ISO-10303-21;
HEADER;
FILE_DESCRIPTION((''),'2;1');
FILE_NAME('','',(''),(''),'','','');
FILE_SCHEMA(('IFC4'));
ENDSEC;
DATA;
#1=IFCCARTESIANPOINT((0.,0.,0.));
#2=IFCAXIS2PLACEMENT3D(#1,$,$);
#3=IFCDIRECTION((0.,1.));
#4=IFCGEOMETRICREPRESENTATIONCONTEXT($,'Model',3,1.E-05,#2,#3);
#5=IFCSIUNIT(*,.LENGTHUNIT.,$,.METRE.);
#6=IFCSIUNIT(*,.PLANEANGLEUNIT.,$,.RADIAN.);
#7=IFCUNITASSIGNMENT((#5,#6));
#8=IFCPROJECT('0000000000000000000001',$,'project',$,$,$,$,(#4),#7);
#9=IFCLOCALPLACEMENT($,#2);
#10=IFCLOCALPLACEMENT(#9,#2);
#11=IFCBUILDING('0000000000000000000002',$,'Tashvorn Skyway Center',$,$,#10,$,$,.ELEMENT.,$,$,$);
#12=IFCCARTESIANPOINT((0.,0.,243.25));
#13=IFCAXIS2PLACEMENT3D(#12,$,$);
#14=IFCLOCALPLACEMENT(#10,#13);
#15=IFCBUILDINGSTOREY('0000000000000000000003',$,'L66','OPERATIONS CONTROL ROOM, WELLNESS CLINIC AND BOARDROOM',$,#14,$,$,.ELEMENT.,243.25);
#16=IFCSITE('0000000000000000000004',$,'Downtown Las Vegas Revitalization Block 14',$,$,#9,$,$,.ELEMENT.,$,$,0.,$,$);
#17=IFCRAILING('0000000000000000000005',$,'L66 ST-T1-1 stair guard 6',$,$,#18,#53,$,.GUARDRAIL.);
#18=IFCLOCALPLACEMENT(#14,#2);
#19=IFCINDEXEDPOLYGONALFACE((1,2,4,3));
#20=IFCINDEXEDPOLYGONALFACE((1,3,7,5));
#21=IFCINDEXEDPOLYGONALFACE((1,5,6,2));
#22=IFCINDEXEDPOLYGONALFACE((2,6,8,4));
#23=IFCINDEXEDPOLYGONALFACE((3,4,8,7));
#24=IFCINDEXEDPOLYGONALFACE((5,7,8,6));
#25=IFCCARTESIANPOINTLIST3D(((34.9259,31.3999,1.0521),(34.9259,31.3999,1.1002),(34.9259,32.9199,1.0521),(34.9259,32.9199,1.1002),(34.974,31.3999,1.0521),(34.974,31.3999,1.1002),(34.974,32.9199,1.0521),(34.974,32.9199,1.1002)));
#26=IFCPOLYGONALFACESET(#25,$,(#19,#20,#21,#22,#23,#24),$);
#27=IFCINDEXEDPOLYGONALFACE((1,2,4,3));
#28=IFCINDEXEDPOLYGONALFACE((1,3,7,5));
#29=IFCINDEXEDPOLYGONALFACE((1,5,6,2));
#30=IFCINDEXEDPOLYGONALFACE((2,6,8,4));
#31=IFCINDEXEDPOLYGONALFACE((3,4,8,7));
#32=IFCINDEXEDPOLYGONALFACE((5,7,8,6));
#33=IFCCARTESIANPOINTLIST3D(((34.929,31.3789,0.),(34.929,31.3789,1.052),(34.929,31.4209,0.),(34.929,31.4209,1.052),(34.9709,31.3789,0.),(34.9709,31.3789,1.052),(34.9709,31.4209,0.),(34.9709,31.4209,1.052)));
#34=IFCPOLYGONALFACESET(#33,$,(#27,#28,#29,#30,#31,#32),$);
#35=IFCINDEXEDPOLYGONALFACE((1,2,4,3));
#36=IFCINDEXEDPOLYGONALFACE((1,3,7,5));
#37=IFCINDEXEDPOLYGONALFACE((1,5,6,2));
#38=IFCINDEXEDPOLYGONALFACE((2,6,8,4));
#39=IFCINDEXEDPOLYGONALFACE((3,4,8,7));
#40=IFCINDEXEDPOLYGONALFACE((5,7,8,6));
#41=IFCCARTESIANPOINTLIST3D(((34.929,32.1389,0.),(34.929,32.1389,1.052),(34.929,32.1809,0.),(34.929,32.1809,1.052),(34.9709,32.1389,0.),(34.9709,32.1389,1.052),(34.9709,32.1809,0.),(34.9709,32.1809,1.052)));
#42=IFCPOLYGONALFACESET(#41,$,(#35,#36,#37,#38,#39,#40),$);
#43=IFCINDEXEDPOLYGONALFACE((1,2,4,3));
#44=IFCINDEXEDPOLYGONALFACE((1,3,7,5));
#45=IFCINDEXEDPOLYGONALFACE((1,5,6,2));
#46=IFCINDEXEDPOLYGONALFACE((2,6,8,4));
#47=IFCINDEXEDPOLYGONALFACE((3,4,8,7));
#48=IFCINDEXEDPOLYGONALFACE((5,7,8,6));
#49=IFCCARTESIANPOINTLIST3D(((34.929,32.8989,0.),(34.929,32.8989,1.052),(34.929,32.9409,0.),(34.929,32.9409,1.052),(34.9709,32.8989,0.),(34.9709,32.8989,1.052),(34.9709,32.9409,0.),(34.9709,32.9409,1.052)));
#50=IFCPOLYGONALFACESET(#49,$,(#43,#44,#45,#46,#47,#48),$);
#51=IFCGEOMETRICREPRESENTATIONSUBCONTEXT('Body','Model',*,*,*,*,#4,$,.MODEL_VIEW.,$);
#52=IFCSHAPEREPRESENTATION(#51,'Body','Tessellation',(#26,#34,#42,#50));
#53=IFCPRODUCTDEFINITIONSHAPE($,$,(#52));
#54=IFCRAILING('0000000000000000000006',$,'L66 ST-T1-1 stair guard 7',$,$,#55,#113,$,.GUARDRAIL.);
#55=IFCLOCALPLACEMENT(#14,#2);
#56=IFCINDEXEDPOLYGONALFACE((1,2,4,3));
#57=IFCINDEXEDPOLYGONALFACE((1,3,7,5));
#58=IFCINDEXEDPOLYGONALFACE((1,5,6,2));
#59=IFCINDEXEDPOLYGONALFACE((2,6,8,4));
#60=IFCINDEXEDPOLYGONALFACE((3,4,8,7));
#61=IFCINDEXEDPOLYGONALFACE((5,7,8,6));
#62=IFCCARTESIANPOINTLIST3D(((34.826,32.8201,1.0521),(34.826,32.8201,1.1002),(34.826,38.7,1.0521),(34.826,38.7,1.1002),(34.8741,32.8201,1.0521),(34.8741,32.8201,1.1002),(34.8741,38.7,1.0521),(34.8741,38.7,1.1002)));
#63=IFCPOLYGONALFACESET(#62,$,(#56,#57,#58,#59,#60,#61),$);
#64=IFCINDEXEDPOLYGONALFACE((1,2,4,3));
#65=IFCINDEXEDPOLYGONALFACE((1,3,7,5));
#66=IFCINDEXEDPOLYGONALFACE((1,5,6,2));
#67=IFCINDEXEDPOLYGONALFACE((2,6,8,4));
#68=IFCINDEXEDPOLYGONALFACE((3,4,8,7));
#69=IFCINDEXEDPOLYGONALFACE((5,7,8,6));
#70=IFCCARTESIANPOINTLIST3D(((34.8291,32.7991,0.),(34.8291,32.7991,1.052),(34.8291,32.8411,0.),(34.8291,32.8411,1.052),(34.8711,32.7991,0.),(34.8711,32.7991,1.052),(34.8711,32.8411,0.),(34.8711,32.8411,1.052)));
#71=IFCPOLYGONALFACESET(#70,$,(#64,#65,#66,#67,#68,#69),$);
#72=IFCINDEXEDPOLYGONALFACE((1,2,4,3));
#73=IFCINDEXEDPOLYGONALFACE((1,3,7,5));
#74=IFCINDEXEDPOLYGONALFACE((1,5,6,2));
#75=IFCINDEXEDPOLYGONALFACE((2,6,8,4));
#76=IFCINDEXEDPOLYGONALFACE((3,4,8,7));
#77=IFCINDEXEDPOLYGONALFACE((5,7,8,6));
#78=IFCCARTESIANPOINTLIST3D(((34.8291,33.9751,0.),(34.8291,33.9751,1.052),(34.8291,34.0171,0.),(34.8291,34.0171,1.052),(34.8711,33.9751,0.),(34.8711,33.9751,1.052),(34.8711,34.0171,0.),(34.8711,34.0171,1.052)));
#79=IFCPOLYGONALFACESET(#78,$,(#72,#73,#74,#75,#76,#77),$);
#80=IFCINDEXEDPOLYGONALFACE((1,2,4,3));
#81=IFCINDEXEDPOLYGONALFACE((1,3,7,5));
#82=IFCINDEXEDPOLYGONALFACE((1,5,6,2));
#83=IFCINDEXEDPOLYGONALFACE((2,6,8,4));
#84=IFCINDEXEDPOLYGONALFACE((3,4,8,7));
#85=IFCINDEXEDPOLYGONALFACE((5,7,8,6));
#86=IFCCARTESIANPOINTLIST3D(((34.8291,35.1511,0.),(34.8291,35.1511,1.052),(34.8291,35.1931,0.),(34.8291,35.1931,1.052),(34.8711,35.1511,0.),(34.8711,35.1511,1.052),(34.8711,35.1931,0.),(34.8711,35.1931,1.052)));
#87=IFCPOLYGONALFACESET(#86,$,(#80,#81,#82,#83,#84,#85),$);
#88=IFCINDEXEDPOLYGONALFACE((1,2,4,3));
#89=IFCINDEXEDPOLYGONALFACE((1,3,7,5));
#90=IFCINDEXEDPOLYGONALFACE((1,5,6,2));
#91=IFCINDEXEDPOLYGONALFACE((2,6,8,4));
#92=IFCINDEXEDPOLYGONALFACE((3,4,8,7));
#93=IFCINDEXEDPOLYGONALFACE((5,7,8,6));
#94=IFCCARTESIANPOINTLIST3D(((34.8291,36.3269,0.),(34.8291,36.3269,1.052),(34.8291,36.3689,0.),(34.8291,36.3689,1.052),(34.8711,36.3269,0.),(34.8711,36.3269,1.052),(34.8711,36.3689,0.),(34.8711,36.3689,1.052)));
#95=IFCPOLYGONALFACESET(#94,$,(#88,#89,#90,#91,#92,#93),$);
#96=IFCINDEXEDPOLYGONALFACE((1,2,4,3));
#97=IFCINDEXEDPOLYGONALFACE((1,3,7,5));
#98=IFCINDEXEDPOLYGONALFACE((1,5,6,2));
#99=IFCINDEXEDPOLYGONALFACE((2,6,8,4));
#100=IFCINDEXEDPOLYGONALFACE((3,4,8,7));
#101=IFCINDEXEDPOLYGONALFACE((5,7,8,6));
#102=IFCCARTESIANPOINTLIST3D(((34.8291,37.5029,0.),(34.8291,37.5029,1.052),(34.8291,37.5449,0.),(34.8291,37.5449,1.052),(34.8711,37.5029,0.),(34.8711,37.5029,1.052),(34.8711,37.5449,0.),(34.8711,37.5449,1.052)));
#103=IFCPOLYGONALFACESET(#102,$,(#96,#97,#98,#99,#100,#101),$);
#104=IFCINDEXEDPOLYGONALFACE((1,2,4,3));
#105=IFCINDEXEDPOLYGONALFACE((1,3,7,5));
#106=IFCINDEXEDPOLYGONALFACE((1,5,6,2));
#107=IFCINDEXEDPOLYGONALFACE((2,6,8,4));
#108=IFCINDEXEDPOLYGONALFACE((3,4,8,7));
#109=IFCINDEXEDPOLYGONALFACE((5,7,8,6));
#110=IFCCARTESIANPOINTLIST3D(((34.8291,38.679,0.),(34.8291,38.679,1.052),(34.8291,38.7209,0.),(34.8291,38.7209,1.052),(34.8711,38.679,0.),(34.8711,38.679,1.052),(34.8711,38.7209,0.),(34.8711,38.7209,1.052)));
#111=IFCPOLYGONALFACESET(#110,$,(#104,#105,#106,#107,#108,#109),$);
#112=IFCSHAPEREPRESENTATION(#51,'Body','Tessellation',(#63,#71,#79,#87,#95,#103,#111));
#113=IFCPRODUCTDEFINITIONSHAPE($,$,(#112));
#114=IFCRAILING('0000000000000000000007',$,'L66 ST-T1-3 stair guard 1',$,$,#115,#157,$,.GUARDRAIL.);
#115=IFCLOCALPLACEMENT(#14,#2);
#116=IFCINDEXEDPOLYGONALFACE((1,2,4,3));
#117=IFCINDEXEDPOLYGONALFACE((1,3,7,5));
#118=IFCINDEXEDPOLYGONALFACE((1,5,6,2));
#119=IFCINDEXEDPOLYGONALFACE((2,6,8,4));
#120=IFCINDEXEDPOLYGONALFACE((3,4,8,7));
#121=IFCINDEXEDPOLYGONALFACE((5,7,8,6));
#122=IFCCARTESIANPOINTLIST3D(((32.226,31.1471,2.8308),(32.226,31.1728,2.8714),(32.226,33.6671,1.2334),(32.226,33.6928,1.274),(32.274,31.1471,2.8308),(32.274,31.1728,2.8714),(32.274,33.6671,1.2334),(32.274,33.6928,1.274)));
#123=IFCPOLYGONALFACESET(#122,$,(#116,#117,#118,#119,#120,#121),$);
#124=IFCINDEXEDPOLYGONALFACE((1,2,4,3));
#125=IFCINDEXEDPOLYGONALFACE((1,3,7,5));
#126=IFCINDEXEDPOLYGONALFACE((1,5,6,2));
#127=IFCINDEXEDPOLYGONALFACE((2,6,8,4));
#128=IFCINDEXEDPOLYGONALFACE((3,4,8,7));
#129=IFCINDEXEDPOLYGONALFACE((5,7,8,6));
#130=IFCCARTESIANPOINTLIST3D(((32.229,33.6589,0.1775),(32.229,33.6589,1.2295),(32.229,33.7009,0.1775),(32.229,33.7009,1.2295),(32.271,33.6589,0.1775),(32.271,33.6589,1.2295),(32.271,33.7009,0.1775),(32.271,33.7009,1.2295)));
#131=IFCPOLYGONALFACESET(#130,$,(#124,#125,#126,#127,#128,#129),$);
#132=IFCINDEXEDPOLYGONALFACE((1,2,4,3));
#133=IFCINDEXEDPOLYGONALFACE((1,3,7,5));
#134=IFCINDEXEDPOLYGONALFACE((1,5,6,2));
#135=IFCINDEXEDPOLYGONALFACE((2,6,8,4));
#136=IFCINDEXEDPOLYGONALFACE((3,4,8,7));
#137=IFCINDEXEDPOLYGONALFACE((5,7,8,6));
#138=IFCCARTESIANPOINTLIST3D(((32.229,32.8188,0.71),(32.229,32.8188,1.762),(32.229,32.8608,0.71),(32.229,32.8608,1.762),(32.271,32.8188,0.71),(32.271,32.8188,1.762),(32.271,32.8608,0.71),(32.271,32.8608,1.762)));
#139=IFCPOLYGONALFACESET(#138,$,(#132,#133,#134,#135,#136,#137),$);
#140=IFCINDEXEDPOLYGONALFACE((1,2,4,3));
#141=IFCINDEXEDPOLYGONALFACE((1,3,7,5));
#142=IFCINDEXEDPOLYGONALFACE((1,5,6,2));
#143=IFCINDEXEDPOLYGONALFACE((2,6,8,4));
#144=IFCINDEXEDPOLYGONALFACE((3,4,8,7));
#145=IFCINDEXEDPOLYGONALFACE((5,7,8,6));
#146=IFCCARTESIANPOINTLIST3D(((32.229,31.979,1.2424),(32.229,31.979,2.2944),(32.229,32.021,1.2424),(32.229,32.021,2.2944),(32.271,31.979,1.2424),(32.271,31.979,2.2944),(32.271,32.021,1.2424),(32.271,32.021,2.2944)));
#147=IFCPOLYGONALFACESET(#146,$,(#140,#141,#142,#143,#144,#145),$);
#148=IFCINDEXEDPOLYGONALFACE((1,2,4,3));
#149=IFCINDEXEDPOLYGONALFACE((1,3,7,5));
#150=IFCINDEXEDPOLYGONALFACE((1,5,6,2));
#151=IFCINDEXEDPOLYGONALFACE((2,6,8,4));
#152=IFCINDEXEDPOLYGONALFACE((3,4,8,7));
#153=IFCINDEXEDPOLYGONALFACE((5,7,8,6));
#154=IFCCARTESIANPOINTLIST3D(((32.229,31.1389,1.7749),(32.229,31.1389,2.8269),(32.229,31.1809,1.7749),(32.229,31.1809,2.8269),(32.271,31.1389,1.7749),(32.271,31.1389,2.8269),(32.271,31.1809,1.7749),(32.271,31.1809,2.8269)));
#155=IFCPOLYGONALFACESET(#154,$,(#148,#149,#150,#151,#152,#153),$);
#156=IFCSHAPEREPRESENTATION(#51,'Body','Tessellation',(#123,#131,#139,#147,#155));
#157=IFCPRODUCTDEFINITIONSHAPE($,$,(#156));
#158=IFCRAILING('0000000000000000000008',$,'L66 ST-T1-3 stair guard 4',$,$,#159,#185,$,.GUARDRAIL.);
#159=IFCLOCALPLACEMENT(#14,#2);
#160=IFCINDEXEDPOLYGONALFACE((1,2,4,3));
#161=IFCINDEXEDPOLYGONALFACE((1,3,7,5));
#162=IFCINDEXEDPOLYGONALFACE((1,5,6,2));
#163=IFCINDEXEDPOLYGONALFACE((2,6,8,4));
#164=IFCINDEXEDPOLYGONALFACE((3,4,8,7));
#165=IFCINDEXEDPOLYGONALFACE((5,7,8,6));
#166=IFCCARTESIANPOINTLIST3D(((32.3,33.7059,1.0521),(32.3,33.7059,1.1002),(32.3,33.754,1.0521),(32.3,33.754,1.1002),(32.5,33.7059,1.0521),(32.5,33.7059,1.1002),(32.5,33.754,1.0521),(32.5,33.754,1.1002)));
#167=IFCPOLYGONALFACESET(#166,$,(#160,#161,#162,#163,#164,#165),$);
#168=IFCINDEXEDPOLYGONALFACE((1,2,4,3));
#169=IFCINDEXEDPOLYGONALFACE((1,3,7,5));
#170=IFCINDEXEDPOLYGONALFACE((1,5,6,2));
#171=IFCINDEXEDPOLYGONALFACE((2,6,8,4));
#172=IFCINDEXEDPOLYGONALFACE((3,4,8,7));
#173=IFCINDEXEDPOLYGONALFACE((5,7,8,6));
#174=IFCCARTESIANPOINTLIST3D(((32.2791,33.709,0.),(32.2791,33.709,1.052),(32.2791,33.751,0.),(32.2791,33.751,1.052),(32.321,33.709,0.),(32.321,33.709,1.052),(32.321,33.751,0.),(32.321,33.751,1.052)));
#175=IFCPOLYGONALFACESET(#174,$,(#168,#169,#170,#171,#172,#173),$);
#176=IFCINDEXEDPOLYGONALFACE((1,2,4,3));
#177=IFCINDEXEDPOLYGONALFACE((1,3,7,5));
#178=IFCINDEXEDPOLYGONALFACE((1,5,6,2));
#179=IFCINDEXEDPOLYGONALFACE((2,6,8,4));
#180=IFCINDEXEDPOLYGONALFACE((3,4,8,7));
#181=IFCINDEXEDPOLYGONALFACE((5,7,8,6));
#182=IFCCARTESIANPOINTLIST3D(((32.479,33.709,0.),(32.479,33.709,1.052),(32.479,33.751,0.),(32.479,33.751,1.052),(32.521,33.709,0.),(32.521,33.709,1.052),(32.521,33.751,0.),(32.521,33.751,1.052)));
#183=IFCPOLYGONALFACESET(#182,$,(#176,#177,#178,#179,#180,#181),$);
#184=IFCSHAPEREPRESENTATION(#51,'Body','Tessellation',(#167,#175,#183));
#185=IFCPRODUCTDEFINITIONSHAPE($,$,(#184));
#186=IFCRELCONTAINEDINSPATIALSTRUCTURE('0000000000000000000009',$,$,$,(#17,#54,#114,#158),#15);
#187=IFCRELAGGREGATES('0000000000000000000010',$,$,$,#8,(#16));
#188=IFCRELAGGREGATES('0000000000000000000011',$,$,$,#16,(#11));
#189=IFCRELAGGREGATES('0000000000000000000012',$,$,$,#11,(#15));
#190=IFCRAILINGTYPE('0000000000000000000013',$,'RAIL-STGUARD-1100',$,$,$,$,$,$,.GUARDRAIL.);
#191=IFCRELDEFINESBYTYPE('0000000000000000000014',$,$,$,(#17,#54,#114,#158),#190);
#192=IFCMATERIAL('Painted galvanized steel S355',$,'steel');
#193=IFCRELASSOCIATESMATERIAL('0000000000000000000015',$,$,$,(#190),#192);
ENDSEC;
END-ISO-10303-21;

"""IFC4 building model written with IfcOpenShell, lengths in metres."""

from ifc_helpers import new_model, si_unit, direction, frame, origin, origin_2d, place, context, subcontext, project, spatial, rectangle, extrude, material, type_object, element, save


model = new_model("IFC4")

# Units and contexts
model_context = context("Model", 3, precision=1e-05, world=origin(), true_north=direction((0.0, 1.0)))
body_context = subcontext(model_context, "Body", "Model", "MODEL_VIEW")
ifc_project = project(units=[si_unit("LENGTHUNIT", "METRE"), si_unit("PLANEANGLEUNIT", "RADIAN")], contexts=[model_context])

# Site, building, storey
site_placement = place(None, origin())
site = spatial("IfcSite", under=ifc_project, at=site_placement, Name="Downtown Las Vegas Revitalization Block 14", CompositionType="ELEMENT", RefElevation=0.0)
building_placement = place(site_placement, origin())
building = spatial("IfcBuilding", under=site, at=building_placement, Name="Tashvorn Skyway Center", CompositionType="ELEMENT")
storey_placement = place(building_placement, frame((0.0, 0.0, 243.25)))
storey = spatial("IfcBuildingStorey", under=building, at=storey_placement, Name="L66", Description="OPERATIONS CONTROL ROOM, WELLNESS CLINIC AND BOARDROOM", CompositionType="ELEMENT", Elevation=243.25)

# Railings
ifc_material_1 = material(Name="Painted galvanized steel S355", Category="steel")
railing_type_1 = type_object("IfcRailingType", Name="RAIL-STGUARD-1100", PredefinedType="GUARDRAIL", material=ifc_material_1)
railing_1_placement = place(storey_placement, frame((34.95, 31.3999, 0.0)))
element("IfcRailing", 1, at=railing_1_placement, inside=storey, type_object=railing_type_1, Name="L66 ST-T1-1 stair guard 6", PredefinedType="GUARDRAIL", context=body_context, shape_type="SweptSolid", body=[
    extrude(rectangle(XDim=0.0481, YDim=0.0481, at=origin_2d()), frame((0.0, 0.0, 1.0762), z_axis=(0.0, 1.0, 0.0), x_axis=(-1.0, 0.0, 0.0)), (0.0, 0.0, 1.0), 1.52),
    extrude(rectangle(XDim=0.042, YDim=0.042, at=origin_2d()), origin(), (0.0, 0.0, 1.0), 1.052),
    extrude(rectangle(XDim=0.042, YDim=0.042, at=origin_2d()), frame((0.0, 0.76, 0.0)), (0.0, 0.0, 1.0), 1.052),
    extrude(rectangle(XDim=0.042, YDim=0.042, at=origin_2d()), frame((0.0, 1.52, 0.0)), (0.0, 0.0, 1.0), 1.052),
])
railing_2_placement = place(storey_placement, frame((34.8501, 32.8201, 0.0)))
element("IfcRailing", 2, at=railing_2_placement, inside=storey, type_object=railing_type_1, Name="L66 ST-T1-1 stair guard 7", PredefinedType="GUARDRAIL", context=body_context, shape_type="SweptSolid", body=[
    extrude(rectangle(XDim=0.0481, YDim=0.0481, at=origin_2d()), frame((0.0, 0.0, 1.0762), z_axis=(0.0, 1.0, 0.0), x_axis=(-1.0, 0.0, 0.0)), (0.0, 0.0, 1.0), 5.8799),
    extrude(rectangle(XDim=0.042, YDim=0.042, at=origin_2d()), origin(), (0.0, 0.0, 1.0), 1.052),
    extrude(rectangle(XDim=0.042, YDim=0.042, at=origin_2d()), frame((0.0, 1.176, 0.0)), (0.0, 0.0, 1.0), 1.052),
    extrude(rectangle(XDim=0.042, YDim=0.042, at=origin_2d()), frame((0.0, 2.3521, 0.0)), (0.0, 0.0, 1.0), 1.052),
    extrude(rectangle(XDim=0.042, YDim=0.042, at=origin_2d()), frame((0.0, 3.5278, 0.0)), (0.0, 0.0, 1.0), 1.052),
    extrude(rectangle(XDim=0.042, YDim=0.042, at=origin_2d()), frame((0.0, 4.7039, 0.0)), (0.0, 0.0, 1.0), 1.052),
    extrude(rectangle(XDim=0.042, YDim=0.042, at=origin_2d()), frame((0.0, 5.8799, 0.0)), (0.0, 0.0, 1.0), 1.052),
])
railing_3_placement = place(storey_placement, frame((32.25, 33.6799, 0.1775)))
element("IfcRailing", 3, at=railing_3_placement, inside=storey, type_object=railing_type_1, Name="L66 ST-T1-3 stair guard 1", PredefinedType="GUARDRAIL", context=body_context, shape_type="SweptSolid", body=[
    extrude(rectangle(XDim=0.0481, YDim=0.0481, at=origin_2d()), frame((0.0, 0.0, 1.0762), z_axis=(0.0, -0.844607, 0.535387), x_axis=(1.0, 0.0, 0.0)), (0.0, 0.0, 1.0), 2.9836),
    extrude(rectangle(XDim=0.042, YDim=0.042, at=origin_2d()), origin(), (0.0, 0.0, 1.0), 1.052),
    extrude(rectangle(XDim=0.042, YDim=0.042, at=origin_2d()), frame((0.0, -0.8401, 0.5325)), (0.0, 0.0, 1.0), 1.052),
    extrude(rectangle(XDim=0.042, YDim=0.042, at=origin_2d()), frame((0.0, -1.6799, 1.0649)), (0.0, 0.0, 1.0), 1.052),
    extrude(rectangle(XDim=0.042, YDim=0.042, at=origin_2d()), frame((0.0, -2.52, 1.5974)), (0.0, 0.0, 1.0), 1.052),
])
railing_4_placement = place(storey_placement, frame((32.3, 33.73, 0.0)))
element("IfcRailing", 4, at=railing_4_placement, inside=storey, type_object=railing_type_1, Name="L66 ST-T1-3 stair guard 4", PredefinedType="GUARDRAIL", context=body_context, shape_type="SweptSolid", body=[
    extrude(rectangle(XDim=0.0481, YDim=0.0481, at=origin_2d()), frame((0.0, 0.0, 1.0762), z_axis=(1.0, 0.0, 0.0), x_axis=(0.0, 1.0, 0.0)), (0.0, 0.0, 1.0), 0.2),
    extrude(rectangle(XDim=0.042, YDim=0.042, at=origin_2d()), origin(), (0.0, 0.0, 1.0), 1.052),
    extrude(rectangle(XDim=0.042, YDim=0.042, at=origin_2d()), frame((0.2, 0.0, 0.0)), (0.0, 0.0, 1.0), 1.052),
])

save(model, "model.ifc")
